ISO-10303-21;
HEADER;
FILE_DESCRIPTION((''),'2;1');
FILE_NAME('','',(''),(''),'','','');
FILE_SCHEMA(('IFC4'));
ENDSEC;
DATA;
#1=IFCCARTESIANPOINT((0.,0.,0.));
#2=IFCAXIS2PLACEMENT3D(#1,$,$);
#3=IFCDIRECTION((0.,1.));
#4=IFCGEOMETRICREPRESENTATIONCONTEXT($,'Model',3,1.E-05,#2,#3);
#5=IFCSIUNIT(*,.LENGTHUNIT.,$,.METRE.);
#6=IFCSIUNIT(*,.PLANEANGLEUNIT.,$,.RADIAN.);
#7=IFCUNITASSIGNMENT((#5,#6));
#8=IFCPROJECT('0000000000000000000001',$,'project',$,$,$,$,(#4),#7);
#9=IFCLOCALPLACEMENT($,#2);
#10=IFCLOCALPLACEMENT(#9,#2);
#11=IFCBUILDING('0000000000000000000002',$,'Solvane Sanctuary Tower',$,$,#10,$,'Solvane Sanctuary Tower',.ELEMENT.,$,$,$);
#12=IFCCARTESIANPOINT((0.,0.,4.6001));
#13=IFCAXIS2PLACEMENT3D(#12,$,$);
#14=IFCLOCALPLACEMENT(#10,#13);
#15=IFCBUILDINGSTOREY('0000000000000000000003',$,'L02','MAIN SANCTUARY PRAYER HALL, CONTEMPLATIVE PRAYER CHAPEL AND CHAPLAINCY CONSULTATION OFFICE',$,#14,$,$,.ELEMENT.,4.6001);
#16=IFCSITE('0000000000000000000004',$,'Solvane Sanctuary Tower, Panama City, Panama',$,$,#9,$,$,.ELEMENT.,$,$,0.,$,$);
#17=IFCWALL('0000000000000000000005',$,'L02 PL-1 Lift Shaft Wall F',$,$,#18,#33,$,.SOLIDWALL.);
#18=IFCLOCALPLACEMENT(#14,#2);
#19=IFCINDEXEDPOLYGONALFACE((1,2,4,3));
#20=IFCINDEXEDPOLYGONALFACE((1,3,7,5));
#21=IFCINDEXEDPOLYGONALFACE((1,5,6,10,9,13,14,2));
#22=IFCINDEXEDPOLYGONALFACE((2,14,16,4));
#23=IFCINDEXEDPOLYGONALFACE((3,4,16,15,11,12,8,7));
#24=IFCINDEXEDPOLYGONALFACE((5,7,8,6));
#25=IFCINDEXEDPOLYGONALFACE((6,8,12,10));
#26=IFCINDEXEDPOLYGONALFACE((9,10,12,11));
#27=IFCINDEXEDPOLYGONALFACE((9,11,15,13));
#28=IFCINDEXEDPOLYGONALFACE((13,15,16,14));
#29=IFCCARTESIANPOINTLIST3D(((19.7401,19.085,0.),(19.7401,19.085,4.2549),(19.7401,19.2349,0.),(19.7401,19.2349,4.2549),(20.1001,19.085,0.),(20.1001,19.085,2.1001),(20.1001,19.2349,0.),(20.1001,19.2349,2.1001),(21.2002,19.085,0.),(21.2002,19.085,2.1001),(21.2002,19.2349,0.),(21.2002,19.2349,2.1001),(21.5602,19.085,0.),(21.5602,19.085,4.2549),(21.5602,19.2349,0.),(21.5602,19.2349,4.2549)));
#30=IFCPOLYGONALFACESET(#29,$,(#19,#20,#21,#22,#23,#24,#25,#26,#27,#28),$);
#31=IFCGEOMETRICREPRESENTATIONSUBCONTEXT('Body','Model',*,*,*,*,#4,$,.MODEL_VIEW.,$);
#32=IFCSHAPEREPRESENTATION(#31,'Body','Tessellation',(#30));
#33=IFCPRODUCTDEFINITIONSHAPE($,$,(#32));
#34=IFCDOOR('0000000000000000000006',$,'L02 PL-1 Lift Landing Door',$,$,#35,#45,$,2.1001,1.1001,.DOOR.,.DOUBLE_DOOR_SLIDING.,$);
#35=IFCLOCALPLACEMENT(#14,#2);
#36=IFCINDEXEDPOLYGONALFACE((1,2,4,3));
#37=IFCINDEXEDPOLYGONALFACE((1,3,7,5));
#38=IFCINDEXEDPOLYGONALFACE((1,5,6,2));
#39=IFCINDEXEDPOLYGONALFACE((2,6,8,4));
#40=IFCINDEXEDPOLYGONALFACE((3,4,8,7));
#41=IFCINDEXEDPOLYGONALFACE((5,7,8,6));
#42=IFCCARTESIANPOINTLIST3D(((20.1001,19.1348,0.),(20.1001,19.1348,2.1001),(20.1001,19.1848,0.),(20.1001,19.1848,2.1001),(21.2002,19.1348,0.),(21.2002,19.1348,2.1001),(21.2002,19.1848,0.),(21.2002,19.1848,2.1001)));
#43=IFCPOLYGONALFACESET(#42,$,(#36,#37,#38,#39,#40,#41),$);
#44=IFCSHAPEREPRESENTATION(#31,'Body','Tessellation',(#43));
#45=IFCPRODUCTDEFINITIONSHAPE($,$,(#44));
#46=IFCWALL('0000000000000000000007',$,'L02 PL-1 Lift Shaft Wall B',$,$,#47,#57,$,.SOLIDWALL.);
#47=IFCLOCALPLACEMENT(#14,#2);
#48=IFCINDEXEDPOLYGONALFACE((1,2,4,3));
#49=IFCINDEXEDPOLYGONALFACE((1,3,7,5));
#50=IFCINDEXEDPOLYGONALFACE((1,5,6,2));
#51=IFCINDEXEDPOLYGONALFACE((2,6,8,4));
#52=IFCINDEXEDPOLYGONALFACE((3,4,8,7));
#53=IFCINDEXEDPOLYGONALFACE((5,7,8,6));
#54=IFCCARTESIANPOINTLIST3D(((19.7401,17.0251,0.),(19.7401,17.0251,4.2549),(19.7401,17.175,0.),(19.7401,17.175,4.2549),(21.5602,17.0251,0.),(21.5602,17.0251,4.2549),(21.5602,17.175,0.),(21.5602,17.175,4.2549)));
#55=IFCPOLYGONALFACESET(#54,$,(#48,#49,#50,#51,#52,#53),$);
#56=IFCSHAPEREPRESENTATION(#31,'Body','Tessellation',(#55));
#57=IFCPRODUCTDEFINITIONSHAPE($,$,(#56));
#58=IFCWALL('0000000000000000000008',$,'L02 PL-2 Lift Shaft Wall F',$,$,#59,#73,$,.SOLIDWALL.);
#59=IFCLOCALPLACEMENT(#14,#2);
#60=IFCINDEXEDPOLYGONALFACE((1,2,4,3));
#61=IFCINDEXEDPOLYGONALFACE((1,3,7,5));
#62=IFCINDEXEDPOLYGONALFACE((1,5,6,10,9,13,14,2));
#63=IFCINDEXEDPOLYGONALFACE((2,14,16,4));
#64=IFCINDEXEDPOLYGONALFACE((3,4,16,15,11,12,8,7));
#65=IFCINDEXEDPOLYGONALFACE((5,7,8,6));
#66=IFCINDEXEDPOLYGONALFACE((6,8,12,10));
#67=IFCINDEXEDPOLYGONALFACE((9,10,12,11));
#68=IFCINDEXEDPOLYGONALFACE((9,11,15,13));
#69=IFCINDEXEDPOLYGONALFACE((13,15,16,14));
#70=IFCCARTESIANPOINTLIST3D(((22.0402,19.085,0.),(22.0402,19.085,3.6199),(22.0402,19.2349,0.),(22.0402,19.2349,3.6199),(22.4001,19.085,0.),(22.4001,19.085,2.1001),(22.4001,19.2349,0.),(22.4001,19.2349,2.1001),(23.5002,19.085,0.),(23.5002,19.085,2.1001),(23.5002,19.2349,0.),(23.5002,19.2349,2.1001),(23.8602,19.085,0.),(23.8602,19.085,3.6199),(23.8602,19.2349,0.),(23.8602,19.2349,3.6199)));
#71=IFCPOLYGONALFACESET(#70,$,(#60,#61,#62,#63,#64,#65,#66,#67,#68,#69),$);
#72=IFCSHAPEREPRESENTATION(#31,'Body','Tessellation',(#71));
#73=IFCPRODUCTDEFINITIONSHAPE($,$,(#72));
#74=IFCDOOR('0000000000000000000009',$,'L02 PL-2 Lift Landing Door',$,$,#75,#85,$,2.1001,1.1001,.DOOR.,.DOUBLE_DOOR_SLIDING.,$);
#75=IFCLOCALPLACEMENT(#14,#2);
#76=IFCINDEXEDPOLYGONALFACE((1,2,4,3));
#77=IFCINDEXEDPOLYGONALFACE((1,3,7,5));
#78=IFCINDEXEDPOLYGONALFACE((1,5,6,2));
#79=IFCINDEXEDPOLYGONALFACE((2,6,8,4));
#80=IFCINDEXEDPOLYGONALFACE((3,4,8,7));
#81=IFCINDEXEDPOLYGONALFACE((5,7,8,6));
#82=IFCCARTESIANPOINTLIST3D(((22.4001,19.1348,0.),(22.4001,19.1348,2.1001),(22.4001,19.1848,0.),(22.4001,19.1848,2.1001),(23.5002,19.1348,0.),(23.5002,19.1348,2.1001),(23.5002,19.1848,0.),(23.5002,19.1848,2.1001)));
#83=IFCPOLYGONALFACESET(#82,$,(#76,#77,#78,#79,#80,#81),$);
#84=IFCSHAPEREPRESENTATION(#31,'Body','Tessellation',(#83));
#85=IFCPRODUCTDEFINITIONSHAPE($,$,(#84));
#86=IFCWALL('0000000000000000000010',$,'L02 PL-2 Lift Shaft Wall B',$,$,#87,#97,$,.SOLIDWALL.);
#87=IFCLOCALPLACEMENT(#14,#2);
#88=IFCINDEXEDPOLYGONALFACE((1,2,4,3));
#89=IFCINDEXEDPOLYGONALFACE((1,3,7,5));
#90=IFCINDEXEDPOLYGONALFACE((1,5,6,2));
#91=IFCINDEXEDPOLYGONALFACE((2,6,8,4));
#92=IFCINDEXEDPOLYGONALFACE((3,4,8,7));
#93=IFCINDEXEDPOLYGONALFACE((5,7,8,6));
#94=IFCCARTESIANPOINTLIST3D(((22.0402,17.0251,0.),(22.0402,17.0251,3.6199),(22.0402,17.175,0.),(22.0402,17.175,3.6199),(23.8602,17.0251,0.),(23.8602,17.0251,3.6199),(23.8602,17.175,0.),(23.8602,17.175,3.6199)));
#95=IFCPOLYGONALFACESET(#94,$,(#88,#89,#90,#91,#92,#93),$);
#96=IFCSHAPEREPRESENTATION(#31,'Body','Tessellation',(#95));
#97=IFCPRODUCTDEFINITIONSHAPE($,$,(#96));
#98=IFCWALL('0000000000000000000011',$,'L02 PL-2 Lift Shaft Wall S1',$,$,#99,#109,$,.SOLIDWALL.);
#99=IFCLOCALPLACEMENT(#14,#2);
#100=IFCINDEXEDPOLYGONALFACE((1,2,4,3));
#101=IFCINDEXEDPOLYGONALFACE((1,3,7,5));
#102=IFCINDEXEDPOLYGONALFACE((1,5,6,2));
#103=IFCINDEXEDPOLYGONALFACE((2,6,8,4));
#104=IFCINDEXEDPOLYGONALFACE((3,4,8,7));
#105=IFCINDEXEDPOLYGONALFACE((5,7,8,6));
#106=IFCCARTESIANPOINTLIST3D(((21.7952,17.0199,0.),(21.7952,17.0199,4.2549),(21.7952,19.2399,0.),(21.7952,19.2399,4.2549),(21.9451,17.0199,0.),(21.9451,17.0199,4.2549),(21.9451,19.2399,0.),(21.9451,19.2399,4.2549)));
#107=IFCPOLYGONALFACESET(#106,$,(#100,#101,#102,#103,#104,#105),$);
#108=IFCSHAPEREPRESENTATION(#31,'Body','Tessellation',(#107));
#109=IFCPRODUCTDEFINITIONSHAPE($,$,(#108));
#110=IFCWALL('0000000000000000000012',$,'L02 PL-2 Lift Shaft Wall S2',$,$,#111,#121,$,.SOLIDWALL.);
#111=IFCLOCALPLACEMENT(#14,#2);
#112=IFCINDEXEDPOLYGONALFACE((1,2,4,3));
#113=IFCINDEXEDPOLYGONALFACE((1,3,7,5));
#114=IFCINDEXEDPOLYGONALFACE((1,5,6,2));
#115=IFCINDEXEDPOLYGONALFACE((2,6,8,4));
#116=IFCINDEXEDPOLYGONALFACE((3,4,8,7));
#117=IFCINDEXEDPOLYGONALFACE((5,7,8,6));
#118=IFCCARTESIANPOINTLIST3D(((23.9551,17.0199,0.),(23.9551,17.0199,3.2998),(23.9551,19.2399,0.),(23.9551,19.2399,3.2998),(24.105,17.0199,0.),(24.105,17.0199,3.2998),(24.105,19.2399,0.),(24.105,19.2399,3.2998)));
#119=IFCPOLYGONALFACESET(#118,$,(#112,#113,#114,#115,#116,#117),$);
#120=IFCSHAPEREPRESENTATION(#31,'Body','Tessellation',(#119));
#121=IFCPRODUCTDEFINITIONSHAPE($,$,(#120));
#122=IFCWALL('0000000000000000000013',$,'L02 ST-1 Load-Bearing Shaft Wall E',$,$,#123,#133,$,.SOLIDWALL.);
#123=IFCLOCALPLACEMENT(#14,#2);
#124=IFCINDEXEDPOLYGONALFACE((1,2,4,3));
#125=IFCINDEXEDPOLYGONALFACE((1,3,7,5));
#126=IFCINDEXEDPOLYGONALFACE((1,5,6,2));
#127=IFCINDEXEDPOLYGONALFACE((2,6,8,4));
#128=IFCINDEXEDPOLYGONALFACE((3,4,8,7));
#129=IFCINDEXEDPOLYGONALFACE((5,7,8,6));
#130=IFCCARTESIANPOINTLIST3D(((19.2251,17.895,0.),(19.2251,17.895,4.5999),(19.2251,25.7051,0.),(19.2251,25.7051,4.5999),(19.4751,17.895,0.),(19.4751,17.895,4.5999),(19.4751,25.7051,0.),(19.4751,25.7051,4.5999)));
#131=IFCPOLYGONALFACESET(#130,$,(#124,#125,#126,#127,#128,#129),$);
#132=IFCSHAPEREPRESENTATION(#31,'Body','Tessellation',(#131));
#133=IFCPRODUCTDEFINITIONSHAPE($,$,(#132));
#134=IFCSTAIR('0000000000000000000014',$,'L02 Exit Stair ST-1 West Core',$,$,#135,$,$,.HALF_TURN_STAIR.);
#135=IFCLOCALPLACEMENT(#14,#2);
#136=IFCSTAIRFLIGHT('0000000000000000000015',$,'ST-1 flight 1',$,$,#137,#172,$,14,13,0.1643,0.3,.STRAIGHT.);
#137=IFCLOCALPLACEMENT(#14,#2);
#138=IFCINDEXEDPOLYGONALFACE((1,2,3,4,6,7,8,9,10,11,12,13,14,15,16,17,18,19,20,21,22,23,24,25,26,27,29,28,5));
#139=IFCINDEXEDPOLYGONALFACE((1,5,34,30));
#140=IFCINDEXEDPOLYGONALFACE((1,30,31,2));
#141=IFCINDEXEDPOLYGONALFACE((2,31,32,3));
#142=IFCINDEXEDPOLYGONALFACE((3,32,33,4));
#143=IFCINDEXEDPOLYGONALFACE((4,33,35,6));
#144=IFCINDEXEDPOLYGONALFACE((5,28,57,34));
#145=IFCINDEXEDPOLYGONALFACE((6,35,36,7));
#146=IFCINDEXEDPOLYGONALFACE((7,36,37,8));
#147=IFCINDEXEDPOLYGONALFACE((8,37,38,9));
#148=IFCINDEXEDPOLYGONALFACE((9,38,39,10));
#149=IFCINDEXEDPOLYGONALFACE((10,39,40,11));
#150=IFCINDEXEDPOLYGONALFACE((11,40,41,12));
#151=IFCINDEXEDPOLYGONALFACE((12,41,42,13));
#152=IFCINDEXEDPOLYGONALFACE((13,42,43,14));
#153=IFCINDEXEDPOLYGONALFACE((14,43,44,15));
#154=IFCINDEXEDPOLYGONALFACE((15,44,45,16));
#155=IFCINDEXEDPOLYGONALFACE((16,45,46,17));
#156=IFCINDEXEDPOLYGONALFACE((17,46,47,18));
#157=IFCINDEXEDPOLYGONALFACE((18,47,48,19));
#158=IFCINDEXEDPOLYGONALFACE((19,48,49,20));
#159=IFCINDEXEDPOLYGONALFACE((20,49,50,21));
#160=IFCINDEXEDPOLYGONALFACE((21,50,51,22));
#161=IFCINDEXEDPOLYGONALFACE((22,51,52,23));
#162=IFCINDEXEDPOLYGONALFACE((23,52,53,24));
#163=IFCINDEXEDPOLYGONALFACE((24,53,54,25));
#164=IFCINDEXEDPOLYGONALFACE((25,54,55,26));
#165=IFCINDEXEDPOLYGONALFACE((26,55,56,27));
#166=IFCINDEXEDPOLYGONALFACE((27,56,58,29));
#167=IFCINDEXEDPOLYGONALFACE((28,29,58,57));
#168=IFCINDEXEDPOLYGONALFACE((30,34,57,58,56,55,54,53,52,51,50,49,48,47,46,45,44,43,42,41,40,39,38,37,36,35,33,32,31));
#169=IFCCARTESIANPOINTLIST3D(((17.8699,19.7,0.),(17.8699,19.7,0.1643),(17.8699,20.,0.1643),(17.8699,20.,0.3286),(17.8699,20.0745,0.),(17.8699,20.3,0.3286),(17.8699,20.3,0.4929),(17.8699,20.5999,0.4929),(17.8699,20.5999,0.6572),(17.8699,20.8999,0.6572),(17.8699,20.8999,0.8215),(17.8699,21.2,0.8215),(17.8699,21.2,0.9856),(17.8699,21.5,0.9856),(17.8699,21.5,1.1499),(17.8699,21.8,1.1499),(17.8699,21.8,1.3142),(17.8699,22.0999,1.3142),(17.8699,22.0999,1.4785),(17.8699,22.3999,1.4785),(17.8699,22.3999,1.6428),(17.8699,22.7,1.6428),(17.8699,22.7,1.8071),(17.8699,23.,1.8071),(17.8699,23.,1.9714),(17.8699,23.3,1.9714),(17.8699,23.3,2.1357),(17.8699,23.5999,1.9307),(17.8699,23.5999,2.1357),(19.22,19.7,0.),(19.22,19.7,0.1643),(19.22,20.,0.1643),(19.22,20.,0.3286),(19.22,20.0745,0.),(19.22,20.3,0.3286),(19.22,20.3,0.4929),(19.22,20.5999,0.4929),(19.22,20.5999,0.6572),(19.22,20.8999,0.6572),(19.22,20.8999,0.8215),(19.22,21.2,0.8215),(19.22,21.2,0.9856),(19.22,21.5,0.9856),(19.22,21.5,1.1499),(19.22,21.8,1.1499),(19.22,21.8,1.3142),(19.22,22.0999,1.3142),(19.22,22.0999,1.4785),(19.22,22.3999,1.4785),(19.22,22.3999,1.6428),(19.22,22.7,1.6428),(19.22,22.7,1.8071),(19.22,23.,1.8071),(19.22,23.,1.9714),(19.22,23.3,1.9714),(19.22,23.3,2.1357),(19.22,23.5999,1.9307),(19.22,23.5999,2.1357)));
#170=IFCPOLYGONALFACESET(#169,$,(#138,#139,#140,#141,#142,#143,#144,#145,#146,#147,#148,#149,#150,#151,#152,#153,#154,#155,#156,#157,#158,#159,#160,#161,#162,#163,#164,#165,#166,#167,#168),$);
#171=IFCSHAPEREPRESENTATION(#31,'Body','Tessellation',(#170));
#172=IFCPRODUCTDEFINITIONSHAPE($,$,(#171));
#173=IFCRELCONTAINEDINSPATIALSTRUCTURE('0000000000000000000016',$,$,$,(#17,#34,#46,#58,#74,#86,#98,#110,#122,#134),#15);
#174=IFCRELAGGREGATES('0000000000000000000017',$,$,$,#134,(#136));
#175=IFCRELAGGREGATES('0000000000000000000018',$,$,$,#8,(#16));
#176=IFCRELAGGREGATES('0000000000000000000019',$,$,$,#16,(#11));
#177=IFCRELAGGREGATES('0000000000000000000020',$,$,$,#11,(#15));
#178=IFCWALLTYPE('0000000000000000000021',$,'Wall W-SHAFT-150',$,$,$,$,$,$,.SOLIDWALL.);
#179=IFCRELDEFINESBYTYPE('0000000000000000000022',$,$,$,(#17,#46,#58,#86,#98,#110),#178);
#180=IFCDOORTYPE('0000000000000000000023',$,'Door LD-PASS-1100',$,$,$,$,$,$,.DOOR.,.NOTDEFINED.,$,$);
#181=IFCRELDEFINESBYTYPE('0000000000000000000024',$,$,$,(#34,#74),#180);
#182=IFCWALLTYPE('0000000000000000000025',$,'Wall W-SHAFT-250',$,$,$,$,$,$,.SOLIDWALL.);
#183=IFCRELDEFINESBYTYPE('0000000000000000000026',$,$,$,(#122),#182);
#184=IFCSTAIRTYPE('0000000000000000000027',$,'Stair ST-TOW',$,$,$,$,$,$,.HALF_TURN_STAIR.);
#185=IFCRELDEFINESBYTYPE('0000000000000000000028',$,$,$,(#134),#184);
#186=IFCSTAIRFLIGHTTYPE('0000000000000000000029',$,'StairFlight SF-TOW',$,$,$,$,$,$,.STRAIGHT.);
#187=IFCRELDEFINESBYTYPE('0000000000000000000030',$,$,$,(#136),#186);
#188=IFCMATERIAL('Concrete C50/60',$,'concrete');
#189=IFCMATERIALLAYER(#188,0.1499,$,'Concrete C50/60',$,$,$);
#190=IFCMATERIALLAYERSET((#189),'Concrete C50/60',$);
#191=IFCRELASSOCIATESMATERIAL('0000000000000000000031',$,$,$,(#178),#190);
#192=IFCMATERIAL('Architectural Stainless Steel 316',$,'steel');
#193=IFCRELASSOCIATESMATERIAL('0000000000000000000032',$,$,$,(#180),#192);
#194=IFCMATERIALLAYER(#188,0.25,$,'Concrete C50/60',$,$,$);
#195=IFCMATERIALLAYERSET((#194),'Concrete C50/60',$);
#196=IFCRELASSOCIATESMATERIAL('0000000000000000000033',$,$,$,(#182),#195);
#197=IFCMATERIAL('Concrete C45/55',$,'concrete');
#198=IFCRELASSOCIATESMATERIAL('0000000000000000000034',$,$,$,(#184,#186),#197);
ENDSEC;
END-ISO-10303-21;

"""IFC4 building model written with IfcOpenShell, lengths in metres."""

from ifc_helpers import new_model, si_unit, direction, frame, frame_2d, origin, place, context, subcontext, project, spatial, polyline, rectangle, outline, extrude, material, layer, layer_set, type_object, element, fill, aggregate, save


model = new_model("IFC4")

# Units and contexts
model_context = context("Model", 3, precision=1e-05, world=origin(), true_north=direction((0.0, 1.0)))
body_context = subcontext(model_context, "Body", "Model", "MODEL_VIEW")
ifc_project = project(units=[si_unit("LENGTHUNIT", "METRE"), si_unit("PLANEANGLEUNIT", "RADIAN")], contexts=[model_context])

# Site, building, storey
site_placement = place(None, origin())
site = spatial("IfcSite", under=ifc_project, at=site_placement, Name="Solvane Sanctuary Tower, Panama City, Panama", CompositionType="ELEMENT", RefElevation=0.0)
building_placement = place(site_placement, origin())
building = spatial("IfcBuilding", under=site, at=building_placement, Name="Solvane Sanctuary Tower", LongName="Solvane Sanctuary Tower", CompositionType="ELEMENT")
storey_placement = place(building_placement, frame((0.0, 0.0, 4.6001)))
storey = spatial("IfcBuildingStorey", under=building, at=storey_placement, Name="L02", Description="MAIN SANCTUARY PRAYER HALL, CONTEMPLATIVE PRAYER CHAPEL AND CHAPLAINCY CONSULTATION OFFICE", CompositionType="ELEMENT", Elevation=4.6001)

# Wall, opening, door
ifc_material_1 = material(Name="Concrete C50/60", Category="concrete")
ifc_layer_1 = layer(ifc_material_1, 0.1499, Name="Concrete C50/60")
ifc_layer_set_1 = layer_set([ifc_layer_1], Name="Concrete C50/60")
wall_type_1 = type_object("IfcWallType", Name="Wall W-SHAFT-150", PredefinedType="SOLIDWALL", material=ifc_layer_set_1)
wall_1_placement = place(storey_placement, frame((19.74, 19.1599, 0.0), z_axis=(0.0, 0.0, 1.0), x_axis=(1.0, 0.0, 0.0)))
wall_1 = element("IfcWall", 1, at=wall_1_placement, inside=storey, type_object=wall_type_1, Name="L02 PL-1 Lift Shaft Wall F", PredefinedType="SOLIDWALL", context=body_context, shape_type="SweptSolid", body=[
    extrude(rectangle(XDim=1.8201, YDim=0.1499, at=frame_2d((0.9102, 0.0))), origin(), (0.0, 0.0, 1.0), 4.2549),
])
opening_1_placement = place(wall_1_placement, frame((0.3601, 0.0, 0.0)))
opening_1 = element("IfcOpeningElement", 2, at=opening_1_placement, cuts=wall_1, PredefinedType="OPENING", context=body_context, shape_type="SweptSolid", body=[
    extrude(rectangle(XDim=1.1001, YDim=2.1001, at=frame_2d((0.55, 1.05))), frame((0.0, 0.085, 0.0), z_axis=(0.0, -1.0, 0.0), x_axis=(1.0, 0.0, 0.0)), (0.0, 0.0, 1.0), 0.1699),
])
ifc_material_2 = material(Name="Architectural Stainless Steel 316", Category="steel")
door_type = type_object("IfcDoorType", Name="Door LD-PASS-1100", OperationType="NOTDEFINED", PredefinedType="DOOR", material=ifc_material_2)
door_1_placement = place(opening_1_placement, origin())
door_1 = element("IfcDoor", 3, at=door_1_placement, inside=storey, type_object=door_type, Name="L02 PL-1 Lift Landing Door", OperationType="DOUBLE_DOOR_SLIDING", OverallHeight=2.1001, OverallWidth=1.1001, PredefinedType="DOOR", context=body_context, shape_type="SweptSolid", body=[
    extrude(rectangle(XDim=1.1001, YDim=2.1001, at=frame_2d((0.55, 1.05))), frame((0.0, 0.0249, 0.0), z_axis=(0.0, -1.0, 0.0), x_axis=(1.0, 0.0, 0.0)), (0.0, 0.0, 1.0), 0.05),
])
fill(opening_1, door_1)

# Wall
wall_2_placement = place(storey_placement, frame((19.74, 17.1001, 0.0), z_axis=(0.0, 0.0, 1.0), x_axis=(1.0, 0.0, 0.0)))
element("IfcWall", 4, at=wall_2_placement, inside=storey, type_object=wall_type_1, Name="L02 PL-1 Lift Shaft Wall B", PredefinedType="SOLIDWALL", context=body_context, shape_type="SweptSolid", body=[
    extrude(rectangle(XDim=1.8201, YDim=0.1499, at=frame_2d((0.9102, 0.0))), origin(), (0.0, 0.0, 1.0), 4.2549),
])

# Wall, opening, door
wall_3_placement = place(storey_placement, frame((22.04, 19.1599, 0.0), z_axis=(0.0, 0.0, 1.0), x_axis=(1.0, 0.0, 0.0)))
wall_3 = element("IfcWall", 5, at=wall_3_placement, inside=storey, type_object=wall_type_1, Name="L02 PL-2 Lift Shaft Wall F", PredefinedType="SOLIDWALL", context=body_context, shape_type="SweptSolid", body=[
    extrude(rectangle(XDim=1.8201, YDim=0.1499, at=frame_2d((0.9102, 0.0))), origin(), (0.0, 0.0, 1.0), 3.6199),
])
opening_2_placement = place(wall_3_placement, frame((0.3601, 0.0, 0.0)))
opening_2 = element("IfcOpeningElement", 6, at=opening_2_placement, cuts=wall_3, PredefinedType="OPENING", context=body_context, shape_type="SweptSolid", body=[
    extrude(rectangle(XDim=1.1001, YDim=2.1001, at=frame_2d((0.55, 1.05))), frame((0.0, 0.085, 0.0), z_axis=(0.0, -1.0, 0.0), x_axis=(1.0, 0.0, 0.0)), (0.0, 0.0, 1.0), 0.1699),
])
door_2_placement = place(opening_2_placement, origin())
door_2 = element("IfcDoor", 7, at=door_2_placement, inside=storey, type_object=door_type, Name="L02 PL-2 Lift Landing Door", OperationType="DOUBLE_DOOR_SLIDING", OverallHeight=2.1001, OverallWidth=1.1001, PredefinedType="DOOR", context=body_context, shape_type="SweptSolid", body=[
    extrude(rectangle(XDim=1.1001, YDim=2.1001, at=frame_2d((0.55, 1.05))), frame((0.0, 0.0249, 0.0), z_axis=(0.0, -1.0, 0.0), x_axis=(1.0, 0.0, 0.0)), (0.0, 0.0, 1.0), 0.05),
])
fill(opening_2, door_2)

# Walls
wall_4_placement = place(storey_placement, frame((22.04, 17.1001, 0.0), z_axis=(0.0, 0.0, 1.0), x_axis=(1.0, 0.0, 0.0)))
element("IfcWall", 8, at=wall_4_placement, inside=storey, type_object=wall_type_1, Name="L02 PL-2 Lift Shaft Wall B", PredefinedType="SOLIDWALL", context=body_context, shape_type="SweptSolid", body=[
    extrude(rectangle(XDim=1.8201, YDim=0.1499, at=frame_2d((0.9102, 0.0))), origin(), (0.0, 0.0, 1.0), 3.6199),
])
wall_5_placement = place(storey_placement, frame((21.8701, 17.02, 0.0), z_axis=(0.0, 0.0, 1.0), x_axis=(0.0, 1.0, 0.0)))
element("IfcWall", 9, at=wall_5_placement, inside=storey, type_object=wall_type_1, Name="L02 PL-2 Lift Shaft Wall S1", PredefinedType="SOLIDWALL", context=body_context, shape_type="SweptSolid", body=[
    extrude(rectangle(XDim=2.22, YDim=0.1499, at=frame_2d((1.1099, 0.0))), origin(), (0.0, 0.0, 1.0), 4.2549),
])
wall_6_placement = place(storey_placement, frame((24.03, 17.02, 0.0), z_axis=(0.0, 0.0, 1.0), x_axis=(0.0, 1.0, 0.0)))
element("IfcWall", 10, at=wall_6_placement, inside=storey, type_object=wall_type_1, Name="L02 PL-2 Lift Shaft Wall S2", PredefinedType="SOLIDWALL", context=body_context, shape_type="SweptSolid", body=[
    extrude(rectangle(XDim=2.22, YDim=0.1499, at=frame_2d((1.1099, 0.0))), origin(), (0.0, 0.0, 1.0), 3.2998),
])
ifc_layer_2 = layer(ifc_material_1, 0.25, Name="Concrete C50/60")
ifc_layer_set_2 = layer_set([ifc_layer_2], Name="Concrete C50/60")
wall_type_2 = type_object("IfcWallType", Name="Wall W-SHAFT-250", PredefinedType="SOLIDWALL", material=ifc_layer_set_2)
wall_7_placement = place(storey_placement, frame((19.3501, 17.895, 0.0), z_axis=(0.0, 0.0, 1.0), x_axis=(0.0, 1.0, 0.0)))
element("IfcWall", 11, at=wall_7_placement, inside=storey, type_object=wall_type_2, Name="L02 ST-1 Load-Bearing Shaft Wall E", PredefinedType="SOLIDWALL", context=body_context, shape_type="SweptSolid", body=[
    extrude(rectangle(XDim=7.8101, YDim=0.25, at=frame_2d((3.905, 0.0))), origin(), (0.0, 0.0, 1.0), 4.5999),
])

# Stair, stair flight
ifc_material_3 = material(Name="Concrete C45/55", Category="concrete")
stair_type = type_object("IfcStairType", Name="Stair ST-TOW", PredefinedType="HALF_TURN_STAIR", material=ifc_material_3)
stair_placement = place(storey_placement, origin())
stair = element("IfcStair", 12, at=stair_placement, inside=storey, type_object=stair_type, Name="L02 Exit Stair ST-1 West Core", PredefinedType="HALF_TURN_STAIR")
stair_flight_type = type_object("IfcStairFlightType", Name="StairFlight SF-TOW", PredefinedType="STRAIGHT", material=ifc_material_3)
stair_flight_placement = place(storey_placement, frame((18.5449, 19.7, 0.0), z_axis=(0.0, 0.0, 1.0), x_axis=(0.0, 1.0, 0.0)))
stair_flight = element("IfcStairFlight", 13, at=stair_flight_placement, type_object=stair_flight_type, Name="ST-1 flight 1", NumberOfRisers=14, NumberOfTreads=13, PredefinedType="STRAIGHT", RiserHeight=0.1643, TreadLength=0.3, context=body_context, shape_type="SweptSolid", body=[
    extrude(outline(polyline([(0.0, 0.0), (0.0, 0.1643), (0.3, 0.1643), (0.3, 0.3286), (0.6001, 0.3286), (0.6001, 0.4929), (0.8999, 0.4929), (0.8999, 0.6572), (1.2, 0.6572), (1.2, 0.8215), (1.5, 0.8215), (1.5, 0.9856), (1.8, 0.9856), (1.8, 1.1499), (2.1001, 1.1499), (2.1001, 1.3142), (2.3999, 1.3142), (2.3999, 1.4785), (2.7, 1.4785), (2.7, 1.6428), (3.0, 1.6428), (3.0, 1.8071), (3.3, 1.8071), (3.3, 1.9714), (3.6001, 1.9714), (3.6001, 2.1357), (3.8999, 2.1357), (3.8999, 2.3), (3.8999, 1.9307), (0.3745, 0.0), (0.0, 0.0)])), frame((0.0, 0.675, 0.0), z_axis=(0.0, -1.0, 0.0), x_axis=(1.0, 0.0, 0.0)), (0.0, 0.0, 1.0), 1.3501),
])
aggregate(stair, [stair_flight])

save(model, "model.ifc")
